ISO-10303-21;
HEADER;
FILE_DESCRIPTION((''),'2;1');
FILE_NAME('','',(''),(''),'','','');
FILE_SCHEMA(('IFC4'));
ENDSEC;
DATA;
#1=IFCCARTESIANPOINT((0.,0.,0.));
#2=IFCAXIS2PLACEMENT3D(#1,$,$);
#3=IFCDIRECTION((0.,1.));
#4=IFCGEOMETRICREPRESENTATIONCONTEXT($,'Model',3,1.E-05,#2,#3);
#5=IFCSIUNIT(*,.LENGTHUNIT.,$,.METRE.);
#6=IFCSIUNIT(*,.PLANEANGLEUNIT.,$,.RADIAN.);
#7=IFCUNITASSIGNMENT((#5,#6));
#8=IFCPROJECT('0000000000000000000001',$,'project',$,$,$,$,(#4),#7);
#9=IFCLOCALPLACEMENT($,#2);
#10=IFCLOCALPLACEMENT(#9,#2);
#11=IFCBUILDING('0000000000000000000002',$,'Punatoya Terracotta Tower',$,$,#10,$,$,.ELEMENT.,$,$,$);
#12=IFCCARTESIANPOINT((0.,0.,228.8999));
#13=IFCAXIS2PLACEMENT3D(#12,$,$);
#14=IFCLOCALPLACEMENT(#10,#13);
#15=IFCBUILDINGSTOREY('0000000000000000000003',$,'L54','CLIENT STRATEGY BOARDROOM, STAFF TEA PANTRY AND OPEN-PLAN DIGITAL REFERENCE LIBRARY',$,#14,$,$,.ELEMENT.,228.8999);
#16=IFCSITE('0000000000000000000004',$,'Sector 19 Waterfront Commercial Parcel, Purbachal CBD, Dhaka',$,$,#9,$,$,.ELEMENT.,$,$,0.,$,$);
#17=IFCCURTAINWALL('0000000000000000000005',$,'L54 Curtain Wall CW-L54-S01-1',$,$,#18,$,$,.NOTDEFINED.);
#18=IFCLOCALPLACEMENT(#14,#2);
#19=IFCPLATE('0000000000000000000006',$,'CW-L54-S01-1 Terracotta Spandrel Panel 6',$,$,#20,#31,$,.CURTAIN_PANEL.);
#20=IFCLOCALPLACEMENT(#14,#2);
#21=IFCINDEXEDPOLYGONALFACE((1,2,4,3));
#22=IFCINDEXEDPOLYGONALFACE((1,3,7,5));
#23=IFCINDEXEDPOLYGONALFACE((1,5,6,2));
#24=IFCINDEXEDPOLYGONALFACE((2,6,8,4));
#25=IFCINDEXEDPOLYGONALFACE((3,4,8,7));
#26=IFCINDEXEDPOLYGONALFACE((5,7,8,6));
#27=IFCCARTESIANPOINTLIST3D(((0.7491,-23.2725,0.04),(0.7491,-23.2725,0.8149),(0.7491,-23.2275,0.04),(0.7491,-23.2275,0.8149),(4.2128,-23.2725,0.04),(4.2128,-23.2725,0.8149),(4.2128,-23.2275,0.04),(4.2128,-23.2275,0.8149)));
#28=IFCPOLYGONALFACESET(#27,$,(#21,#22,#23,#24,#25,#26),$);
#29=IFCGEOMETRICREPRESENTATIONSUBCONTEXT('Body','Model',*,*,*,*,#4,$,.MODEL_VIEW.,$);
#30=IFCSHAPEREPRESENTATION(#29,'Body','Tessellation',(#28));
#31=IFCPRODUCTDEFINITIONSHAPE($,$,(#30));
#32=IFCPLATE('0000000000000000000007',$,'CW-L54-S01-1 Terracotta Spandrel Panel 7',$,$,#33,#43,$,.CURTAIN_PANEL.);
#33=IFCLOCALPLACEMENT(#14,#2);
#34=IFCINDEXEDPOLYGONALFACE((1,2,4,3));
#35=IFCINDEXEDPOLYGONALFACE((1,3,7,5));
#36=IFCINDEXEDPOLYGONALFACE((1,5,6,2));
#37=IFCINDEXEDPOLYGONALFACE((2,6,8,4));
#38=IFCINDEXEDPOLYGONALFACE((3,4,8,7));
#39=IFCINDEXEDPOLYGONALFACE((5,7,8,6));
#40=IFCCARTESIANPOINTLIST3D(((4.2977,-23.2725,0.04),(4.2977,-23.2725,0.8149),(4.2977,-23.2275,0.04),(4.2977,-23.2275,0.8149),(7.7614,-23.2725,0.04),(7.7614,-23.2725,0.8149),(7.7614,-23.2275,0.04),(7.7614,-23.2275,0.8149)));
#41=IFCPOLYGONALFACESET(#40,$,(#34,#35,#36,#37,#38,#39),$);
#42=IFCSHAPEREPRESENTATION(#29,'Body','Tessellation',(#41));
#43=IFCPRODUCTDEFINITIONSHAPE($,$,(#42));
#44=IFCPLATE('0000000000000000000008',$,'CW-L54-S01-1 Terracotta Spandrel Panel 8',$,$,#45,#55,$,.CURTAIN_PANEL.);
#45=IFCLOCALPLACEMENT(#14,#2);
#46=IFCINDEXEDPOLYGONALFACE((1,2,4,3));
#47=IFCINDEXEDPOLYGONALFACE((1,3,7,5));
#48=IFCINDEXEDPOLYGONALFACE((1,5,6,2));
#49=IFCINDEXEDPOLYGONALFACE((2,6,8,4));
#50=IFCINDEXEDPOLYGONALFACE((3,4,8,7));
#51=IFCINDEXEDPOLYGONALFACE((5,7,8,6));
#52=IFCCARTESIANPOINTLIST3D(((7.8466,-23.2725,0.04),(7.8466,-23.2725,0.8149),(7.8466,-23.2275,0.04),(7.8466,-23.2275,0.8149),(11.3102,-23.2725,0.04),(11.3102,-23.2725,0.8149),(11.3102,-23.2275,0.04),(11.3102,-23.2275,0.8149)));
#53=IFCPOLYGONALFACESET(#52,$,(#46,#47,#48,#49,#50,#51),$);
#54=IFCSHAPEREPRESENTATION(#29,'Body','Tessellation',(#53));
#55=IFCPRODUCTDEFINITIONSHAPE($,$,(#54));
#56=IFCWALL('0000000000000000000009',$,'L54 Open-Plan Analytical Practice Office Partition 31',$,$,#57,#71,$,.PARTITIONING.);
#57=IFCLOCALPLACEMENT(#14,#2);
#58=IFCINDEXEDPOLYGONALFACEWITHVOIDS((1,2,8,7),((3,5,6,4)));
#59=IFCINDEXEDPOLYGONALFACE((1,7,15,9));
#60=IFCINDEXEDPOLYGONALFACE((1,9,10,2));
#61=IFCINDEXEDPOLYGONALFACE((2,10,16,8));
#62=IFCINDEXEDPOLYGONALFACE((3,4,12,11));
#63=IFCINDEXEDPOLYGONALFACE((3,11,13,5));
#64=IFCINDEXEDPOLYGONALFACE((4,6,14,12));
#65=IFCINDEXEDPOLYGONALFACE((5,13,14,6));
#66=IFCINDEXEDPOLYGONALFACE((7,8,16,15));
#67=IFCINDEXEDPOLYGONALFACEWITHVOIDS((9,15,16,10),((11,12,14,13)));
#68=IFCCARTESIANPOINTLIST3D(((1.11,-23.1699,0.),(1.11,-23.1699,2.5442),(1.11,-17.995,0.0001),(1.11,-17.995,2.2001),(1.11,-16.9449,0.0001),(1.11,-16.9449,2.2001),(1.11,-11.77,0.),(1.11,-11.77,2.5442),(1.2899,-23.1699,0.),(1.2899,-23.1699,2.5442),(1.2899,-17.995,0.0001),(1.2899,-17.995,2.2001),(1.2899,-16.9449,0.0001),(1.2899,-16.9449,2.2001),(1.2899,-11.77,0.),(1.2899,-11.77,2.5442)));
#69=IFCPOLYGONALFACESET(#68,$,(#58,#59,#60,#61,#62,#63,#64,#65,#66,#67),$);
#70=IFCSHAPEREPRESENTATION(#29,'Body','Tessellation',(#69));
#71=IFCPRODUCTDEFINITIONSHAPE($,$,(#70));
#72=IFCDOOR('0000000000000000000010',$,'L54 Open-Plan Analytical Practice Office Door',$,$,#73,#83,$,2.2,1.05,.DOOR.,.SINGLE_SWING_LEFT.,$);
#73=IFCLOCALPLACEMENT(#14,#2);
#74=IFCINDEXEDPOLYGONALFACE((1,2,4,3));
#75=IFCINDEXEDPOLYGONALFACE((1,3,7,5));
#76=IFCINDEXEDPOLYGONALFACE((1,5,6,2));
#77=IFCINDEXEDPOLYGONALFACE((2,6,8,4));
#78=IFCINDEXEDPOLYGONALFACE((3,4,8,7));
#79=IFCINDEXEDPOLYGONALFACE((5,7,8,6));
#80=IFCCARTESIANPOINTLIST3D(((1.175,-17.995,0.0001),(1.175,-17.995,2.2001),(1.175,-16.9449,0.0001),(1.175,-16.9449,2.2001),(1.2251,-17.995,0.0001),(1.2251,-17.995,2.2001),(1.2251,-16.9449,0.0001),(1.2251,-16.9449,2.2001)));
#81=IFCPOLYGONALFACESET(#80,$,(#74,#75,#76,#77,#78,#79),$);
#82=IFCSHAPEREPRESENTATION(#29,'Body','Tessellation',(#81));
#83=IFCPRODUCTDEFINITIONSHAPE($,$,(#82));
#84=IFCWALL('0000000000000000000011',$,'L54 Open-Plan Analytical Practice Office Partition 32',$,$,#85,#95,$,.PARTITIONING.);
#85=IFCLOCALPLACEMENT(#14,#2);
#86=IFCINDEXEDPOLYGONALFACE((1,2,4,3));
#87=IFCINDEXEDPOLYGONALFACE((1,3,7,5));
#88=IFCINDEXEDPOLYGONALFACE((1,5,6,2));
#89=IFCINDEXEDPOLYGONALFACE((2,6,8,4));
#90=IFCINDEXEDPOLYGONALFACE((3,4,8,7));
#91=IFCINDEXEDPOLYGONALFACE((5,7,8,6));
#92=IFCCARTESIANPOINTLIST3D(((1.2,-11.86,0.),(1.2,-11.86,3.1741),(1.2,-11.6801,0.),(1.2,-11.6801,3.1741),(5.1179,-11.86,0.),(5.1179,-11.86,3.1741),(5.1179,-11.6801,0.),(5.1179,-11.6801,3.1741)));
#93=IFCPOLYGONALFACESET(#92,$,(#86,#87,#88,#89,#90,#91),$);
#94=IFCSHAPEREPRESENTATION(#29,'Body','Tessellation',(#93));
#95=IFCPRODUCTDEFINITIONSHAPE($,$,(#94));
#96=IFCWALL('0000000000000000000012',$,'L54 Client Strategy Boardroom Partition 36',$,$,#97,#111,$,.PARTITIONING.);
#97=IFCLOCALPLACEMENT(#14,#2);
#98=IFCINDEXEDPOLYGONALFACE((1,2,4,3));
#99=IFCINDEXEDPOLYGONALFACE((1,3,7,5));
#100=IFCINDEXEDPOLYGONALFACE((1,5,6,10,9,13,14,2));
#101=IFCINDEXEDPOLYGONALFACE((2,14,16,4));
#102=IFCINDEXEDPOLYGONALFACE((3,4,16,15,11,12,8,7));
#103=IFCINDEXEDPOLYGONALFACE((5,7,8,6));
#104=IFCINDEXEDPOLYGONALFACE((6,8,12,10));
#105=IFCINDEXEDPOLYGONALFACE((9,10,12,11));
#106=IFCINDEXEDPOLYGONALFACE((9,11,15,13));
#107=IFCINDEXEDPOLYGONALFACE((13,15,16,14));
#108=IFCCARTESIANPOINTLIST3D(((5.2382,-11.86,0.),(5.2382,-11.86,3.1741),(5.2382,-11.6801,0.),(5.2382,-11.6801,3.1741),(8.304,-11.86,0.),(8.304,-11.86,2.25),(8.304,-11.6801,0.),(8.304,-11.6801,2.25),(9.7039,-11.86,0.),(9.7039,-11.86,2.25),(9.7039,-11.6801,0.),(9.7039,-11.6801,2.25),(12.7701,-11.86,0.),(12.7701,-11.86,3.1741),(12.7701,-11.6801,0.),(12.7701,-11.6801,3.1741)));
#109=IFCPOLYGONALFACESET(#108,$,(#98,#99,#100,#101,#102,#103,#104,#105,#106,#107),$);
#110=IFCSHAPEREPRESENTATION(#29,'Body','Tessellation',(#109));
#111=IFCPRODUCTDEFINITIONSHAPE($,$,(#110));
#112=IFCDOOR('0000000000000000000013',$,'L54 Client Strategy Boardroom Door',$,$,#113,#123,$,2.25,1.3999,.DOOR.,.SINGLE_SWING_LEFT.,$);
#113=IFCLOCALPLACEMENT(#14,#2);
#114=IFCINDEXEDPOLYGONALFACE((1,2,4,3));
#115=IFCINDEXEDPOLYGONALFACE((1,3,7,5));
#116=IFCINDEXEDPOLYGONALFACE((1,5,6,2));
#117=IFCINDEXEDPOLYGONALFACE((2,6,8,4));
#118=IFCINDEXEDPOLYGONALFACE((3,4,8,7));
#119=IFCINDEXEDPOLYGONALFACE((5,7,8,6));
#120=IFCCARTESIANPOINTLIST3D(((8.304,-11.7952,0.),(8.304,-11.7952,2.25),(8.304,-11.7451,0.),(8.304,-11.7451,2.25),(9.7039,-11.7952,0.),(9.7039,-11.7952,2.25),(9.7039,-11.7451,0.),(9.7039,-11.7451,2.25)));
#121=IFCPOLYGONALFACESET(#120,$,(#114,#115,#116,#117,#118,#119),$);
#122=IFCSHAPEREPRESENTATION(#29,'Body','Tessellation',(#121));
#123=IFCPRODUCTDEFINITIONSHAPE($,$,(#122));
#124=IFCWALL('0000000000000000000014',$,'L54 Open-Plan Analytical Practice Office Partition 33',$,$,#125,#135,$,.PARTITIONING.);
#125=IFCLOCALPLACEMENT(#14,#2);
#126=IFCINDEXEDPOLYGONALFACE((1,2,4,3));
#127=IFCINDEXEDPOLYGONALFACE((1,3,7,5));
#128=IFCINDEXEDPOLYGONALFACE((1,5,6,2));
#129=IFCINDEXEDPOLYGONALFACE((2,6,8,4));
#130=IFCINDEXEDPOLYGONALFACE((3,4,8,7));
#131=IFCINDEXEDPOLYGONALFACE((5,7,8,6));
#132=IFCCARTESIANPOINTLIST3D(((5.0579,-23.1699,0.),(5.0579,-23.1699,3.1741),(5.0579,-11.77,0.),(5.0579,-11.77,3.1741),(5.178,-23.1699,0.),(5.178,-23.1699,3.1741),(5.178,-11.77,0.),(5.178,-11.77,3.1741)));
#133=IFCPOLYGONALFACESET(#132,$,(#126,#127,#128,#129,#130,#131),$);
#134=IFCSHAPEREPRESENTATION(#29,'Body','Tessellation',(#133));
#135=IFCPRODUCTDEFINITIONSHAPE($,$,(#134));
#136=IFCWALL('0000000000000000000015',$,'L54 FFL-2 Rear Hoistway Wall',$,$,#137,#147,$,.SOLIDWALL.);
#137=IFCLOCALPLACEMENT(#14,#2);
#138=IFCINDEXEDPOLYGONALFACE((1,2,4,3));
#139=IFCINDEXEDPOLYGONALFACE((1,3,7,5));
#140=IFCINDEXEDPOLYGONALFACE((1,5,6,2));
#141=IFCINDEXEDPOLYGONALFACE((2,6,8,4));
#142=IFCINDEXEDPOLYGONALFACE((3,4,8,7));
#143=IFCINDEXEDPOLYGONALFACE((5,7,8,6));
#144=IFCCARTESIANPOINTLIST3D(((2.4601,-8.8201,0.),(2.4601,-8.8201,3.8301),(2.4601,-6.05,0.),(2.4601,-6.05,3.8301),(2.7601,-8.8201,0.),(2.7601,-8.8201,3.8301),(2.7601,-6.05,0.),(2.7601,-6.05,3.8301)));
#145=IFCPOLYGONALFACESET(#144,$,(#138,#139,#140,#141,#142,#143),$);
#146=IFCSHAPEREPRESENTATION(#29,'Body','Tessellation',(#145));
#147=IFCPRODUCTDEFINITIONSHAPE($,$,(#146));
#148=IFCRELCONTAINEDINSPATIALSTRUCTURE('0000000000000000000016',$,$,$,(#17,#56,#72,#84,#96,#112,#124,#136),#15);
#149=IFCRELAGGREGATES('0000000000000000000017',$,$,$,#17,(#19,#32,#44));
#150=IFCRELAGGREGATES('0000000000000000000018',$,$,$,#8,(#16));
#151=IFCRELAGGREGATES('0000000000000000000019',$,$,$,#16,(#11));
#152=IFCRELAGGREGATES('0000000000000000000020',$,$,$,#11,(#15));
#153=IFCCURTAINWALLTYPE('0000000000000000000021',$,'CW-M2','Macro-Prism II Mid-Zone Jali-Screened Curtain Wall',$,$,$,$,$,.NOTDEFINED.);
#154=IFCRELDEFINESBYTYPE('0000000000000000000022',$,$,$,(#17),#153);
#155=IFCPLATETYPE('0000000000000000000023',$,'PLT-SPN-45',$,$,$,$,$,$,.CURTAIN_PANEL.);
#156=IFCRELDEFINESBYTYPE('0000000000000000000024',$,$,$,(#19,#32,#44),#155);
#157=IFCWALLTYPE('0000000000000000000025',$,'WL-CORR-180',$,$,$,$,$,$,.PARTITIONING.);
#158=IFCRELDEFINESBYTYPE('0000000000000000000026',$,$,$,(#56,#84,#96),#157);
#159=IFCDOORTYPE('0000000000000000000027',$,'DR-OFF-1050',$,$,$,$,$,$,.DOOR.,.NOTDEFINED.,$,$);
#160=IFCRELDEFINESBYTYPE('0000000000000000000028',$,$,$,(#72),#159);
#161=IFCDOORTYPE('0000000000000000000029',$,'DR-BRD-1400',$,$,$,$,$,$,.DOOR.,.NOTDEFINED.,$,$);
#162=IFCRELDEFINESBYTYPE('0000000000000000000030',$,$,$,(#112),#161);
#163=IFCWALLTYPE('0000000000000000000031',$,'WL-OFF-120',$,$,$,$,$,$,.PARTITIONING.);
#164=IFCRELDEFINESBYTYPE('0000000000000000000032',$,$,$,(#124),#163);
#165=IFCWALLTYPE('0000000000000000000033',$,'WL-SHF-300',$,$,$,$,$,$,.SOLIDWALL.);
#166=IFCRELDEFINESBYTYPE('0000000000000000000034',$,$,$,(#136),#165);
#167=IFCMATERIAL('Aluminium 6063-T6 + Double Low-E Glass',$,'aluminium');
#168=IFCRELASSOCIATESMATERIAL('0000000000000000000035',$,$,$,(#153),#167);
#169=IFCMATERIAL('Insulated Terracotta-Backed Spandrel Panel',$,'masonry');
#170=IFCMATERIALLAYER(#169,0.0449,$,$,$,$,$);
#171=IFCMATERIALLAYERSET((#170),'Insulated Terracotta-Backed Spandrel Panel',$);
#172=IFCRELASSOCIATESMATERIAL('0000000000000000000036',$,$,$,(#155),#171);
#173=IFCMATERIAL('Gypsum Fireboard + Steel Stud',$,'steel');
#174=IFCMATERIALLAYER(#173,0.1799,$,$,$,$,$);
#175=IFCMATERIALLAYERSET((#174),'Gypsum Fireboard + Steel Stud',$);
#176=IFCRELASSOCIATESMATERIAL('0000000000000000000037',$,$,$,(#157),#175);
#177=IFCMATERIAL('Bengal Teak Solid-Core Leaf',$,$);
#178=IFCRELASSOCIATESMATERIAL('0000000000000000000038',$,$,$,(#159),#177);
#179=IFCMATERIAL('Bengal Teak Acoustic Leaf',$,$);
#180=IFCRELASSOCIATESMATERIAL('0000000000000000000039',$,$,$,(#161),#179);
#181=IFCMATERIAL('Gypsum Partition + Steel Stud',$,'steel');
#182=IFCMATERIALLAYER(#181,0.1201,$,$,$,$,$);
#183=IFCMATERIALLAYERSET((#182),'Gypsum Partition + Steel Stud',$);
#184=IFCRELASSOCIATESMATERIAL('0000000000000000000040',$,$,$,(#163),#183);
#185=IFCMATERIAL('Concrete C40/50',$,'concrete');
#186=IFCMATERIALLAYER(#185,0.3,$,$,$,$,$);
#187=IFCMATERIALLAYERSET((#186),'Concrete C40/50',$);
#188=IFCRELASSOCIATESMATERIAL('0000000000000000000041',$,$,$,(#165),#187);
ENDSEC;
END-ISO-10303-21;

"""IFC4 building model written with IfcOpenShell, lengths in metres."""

from ifc_helpers import new_model, si_unit, direction, frame, frame_2d, origin, origin_2d, place, context, subcontext, project, spatial, rectangle, extrude, material, layer, layer_set, type_object, element, fill, aggregate, save


model = new_model("IFC4")

# Units and contexts
model_context = context("Model", 3, precision=1e-05, world=origin(), true_north=direction((0.0, 1.0)))
body_context = subcontext(model_context, "Body", "Model", "MODEL_VIEW")
ifc_project = project(units=[si_unit("LENGTHUNIT", "METRE"), si_unit("PLANEANGLEUNIT", "RADIAN")], contexts=[model_context])

# Site, building, storey
site_placement = place(None, origin())
site = spatial("IfcSite", under=ifc_project, at=site_placement, Name="Sector 19 Waterfront Commercial Parcel, Purbachal CBD, Dhaka", CompositionType="ELEMENT", RefElevation=0.0)
building_placement = place(site_placement, origin())
building = spatial("IfcBuilding", under=site, at=building_placement, Name="Punatoya Terracotta Tower", CompositionType="ELEMENT")
storey_placement = place(building_placement, frame((0.0, 0.0, 228.8999)))
storey = spatial("IfcBuildingStorey", under=building, at=storey_placement, Name="L54", Description="CLIENT STRATEGY BOARDROOM, STAFF TEA PANTRY AND OPEN-PLAN DIGITAL REFERENCE LIBRARY", CompositionType="ELEMENT", Elevation=228.8999)

# Curtain wall, plates
ifc_material_1 = material(Name="Aluminium 6063-T6 + Double Low-E Glass", Category="aluminium")
curtain_wall_type = type_object("IfcCurtainWallType", Name="CW-M2", Description="Macro-Prism II Mid-Zone Jali-Screened Curtain Wall", PredefinedType="NOTDEFINED", material=ifc_material_1)
curtain_wall_placement = place(storey_placement, origin())
curtain_wall = element("IfcCurtainWall", 1, at=curtain_wall_placement, inside=storey, type_object=curtain_wall_type, Name="L54 Curtain Wall CW-L54-S01-1", PredefinedType="NOTDEFINED")
ifc_material_2 = material(Name="Insulated Terracotta-Backed Spandrel Panel", Category="masonry")
ifc_layer_1 = layer(ifc_material_2, 0.0449)
ifc_layer_set_1 = layer_set([ifc_layer_1], Name="Insulated Terracotta-Backed Spandrel Panel")
plate_type_1 = type_object("IfcPlateType", Name="PLT-SPN-45", PredefinedType="CURTAIN_PANEL", material=ifc_layer_set_1)
plate_1_placement = place(storey_placement, frame((2.481, -23.25, 0.04), z_axis=(0.0, 0.0, 1.0), x_axis=(1.0, 0.0, 0.0)))
plate_1 = element("IfcPlate", 2, at=plate_1_placement, type_object=plate_type_1, Name="CW-L54-S01-1 Terracotta Spandrel Panel 6", PredefinedType="CURTAIN_PANEL", context=body_context, shape_type="SweptSolid", body=[
    extrude(rectangle(XDim=3.4636, YDim=0.0449, at=origin_2d()), origin(), (0.0, 0.0, 1.0), 0.7749),
])
plate_2_placement = place(storey_placement, frame((6.0295, -23.25, 0.04), z_axis=(0.0, 0.0, 1.0), x_axis=(1.0, 0.0, 0.0)))
plate_2 = element("IfcPlate", 3, at=plate_2_placement, type_object=plate_type_1, Name="CW-L54-S01-1 Terracotta Spandrel Panel 7", PredefinedType="CURTAIN_PANEL", context=body_context, shape_type="SweptSolid", body=[
    extrude(rectangle(XDim=3.4636, YDim=0.0449, at=origin_2d()), origin(), (0.0, 0.0, 1.0), 0.7749),
])
plate_3_placement = place(storey_placement, frame((9.5784, -23.25, 0.04), z_axis=(0.0, 0.0, 1.0), x_axis=(1.0, 0.0, 0.0)))
plate_3 = element("IfcPlate", 4, at=plate_3_placement, type_object=plate_type_1, Name="CW-L54-S01-1 Terracotta Spandrel Panel 8", PredefinedType="CURTAIN_PANEL", context=body_context, shape_type="SweptSolid", body=[
    extrude(rectangle(XDim=3.4636, YDim=0.0449, at=origin_2d()), origin(), (0.0, 0.0, 1.0), 0.7749),
])
aggregate(curtain_wall, [plate_1, plate_2, plate_3])

# Wall, opening, door
ifc_material_3 = material(Name="Gypsum Fireboard + Steel Stud", Category="steel")
ifc_layer_2 = layer(ifc_material_3, 0.1799)
ifc_layer_set_2 = layer_set([ifc_layer_2], Name="Gypsum Fireboard + Steel Stud")
wall_type_1 = type_object("IfcWallType", Name="WL-CORR-180", PredefinedType="PARTITIONING", material=ifc_layer_set_2)
wall_1_placement = place(storey_placement, frame((1.2, -23.1699, 0.0), z_axis=(0.0, 0.0, 1.0), x_axis=(0.0, 1.0, 0.0)))
wall_1 = element("IfcWall", 5, at=wall_1_placement, inside=storey, type_object=wall_type_1, Name="L54 Open-Plan Analytical Practice Office Partition 31", PredefinedType="PARTITIONING", context=body_context, shape_type="SweptSolid", body=[
    extrude(rectangle(XDim=11.3999, YDim=0.1799, at=frame_2d((5.7, 0.0))), origin(), (0.0, 0.0, 1.0), 2.5442),
])
opening_1_placement = place(wall_1_placement, frame((5.175, 0.0, 0.0)))
opening_1 = element("IfcOpeningElement", 6, at=opening_1_placement, cuts=wall_1, PredefinedType="OPENING", context=body_context, shape_type="SweptSolid", body=[
    extrude(rectangle(XDim=1.05, YDim=2.2, at=frame_2d((0.5249, 1.1001))), frame((0.0, 0.0999, 0.0), z_axis=(0.0, -1.0, 0.0), x_axis=(1.0, 0.0, 0.0)), (0.0, 0.0, 1.0), 0.2),
])
ifc_material_4 = material(Name="Bengal Teak Solid-Core Leaf")
door_type_1 = type_object("IfcDoorType", Name="DR-OFF-1050", OperationType="NOTDEFINED", PredefinedType="DOOR", material=ifc_material_4)
door_1_placement = place(opening_1_placement, origin())
door_1 = element("IfcDoor", 7, at=door_1_placement, inside=storey, type_object=door_type_1, Name="L54 Open-Plan Analytical Practice Office Door", OperationType="SINGLE_SWING_LEFT", OverallHeight=2.2, OverallWidth=1.05, PredefinedType="DOOR", context=body_context, shape_type="SweptSolid", body=[
    extrude(rectangle(XDim=1.05, YDim=2.2, at=frame_2d((0.5249, 1.1001))), frame((0.0, 0.0249, 0.0), z_axis=(0.0, -1.0, 0.0), x_axis=(1.0, 0.0, 0.0)), (0.0, 0.0, 1.0), 0.05),
])
fill(opening_1, door_1)

# Wall
wall_2_placement = place(storey_placement, frame((1.2, -11.77, 0.0), z_axis=(0.0, 0.0, 1.0), x_axis=(1.0, 0.0, 0.0)))
element("IfcWall", 8, at=wall_2_placement, inside=storey, type_object=wall_type_1, Name="L54 Open-Plan Analytical Practice Office Partition 32", PredefinedType="PARTITIONING", context=body_context, shape_type="SweptSolid", body=[
    extrude(rectangle(XDim=3.918, YDim=0.1799, at=frame_2d((1.959, 0.0))), origin(), (0.0, 0.0, 1.0), 3.1741),
])

# Wall, opening, door
wall_3_placement = place(storey_placement, frame((5.238, -11.77, 0.0), z_axis=(0.0, 0.0, 1.0), x_axis=(1.0, 0.0, 0.0)))
wall_3 = element("IfcWall", 9, at=wall_3_placement, inside=storey, type_object=wall_type_1, Name="L54 Client Strategy Boardroom Partition 36", PredefinedType="PARTITIONING", context=body_context, shape_type="SweptSolid", body=[
    extrude(rectangle(XDim=7.532, YDim=0.1799, at=frame_2d((3.7661, 0.0))), origin(), (0.0, 0.0, 1.0), 3.1741),
])
opening_2_placement = place(wall_3_placement, frame((3.0659, 0.0, 0.0)))
opening_2 = element("IfcOpeningElement", 10, at=opening_2_placement, cuts=wall_3, PredefinedType="OPENING", context=body_context, shape_type="SweptSolid", body=[
    extrude(rectangle(XDim=1.3999, YDim=2.25, at=frame_2d((0.7, 1.125))), frame((0.0, 0.0999, 0.0), z_axis=(0.0, -1.0, 0.0), x_axis=(1.0, 0.0, 0.0)), (0.0, 0.0, 1.0), 0.2),
])
ifc_material_5 = material(Name="Bengal Teak Acoustic Leaf")
door_type_2 = type_object("IfcDoorType", Name="DR-BRD-1400", OperationType="NOTDEFINED", PredefinedType="DOOR", material=ifc_material_5)
door_2_placement = place(opening_2_placement, origin())
door_2 = element("IfcDoor", 11, at=door_2_placement, inside=storey, type_object=door_type_2, Name="L54 Client Strategy Boardroom Door", OperationType="SINGLE_SWING_LEFT", OverallHeight=2.25, OverallWidth=1.3999, PredefinedType="DOOR", context=body_context, shape_type="SweptSolid", body=[
    extrude(rectangle(XDim=1.3999, YDim=2.25, at=frame_2d((0.7, 1.125))), frame((0.0, 0.0249, 0.0), z_axis=(0.0, -1.0, 0.0), x_axis=(1.0, 0.0, 0.0)), (0.0, 0.0, 1.0), 0.05),
])
fill(opening_2, door_2)

# Walls
ifc_material_6 = material(Name="Gypsum Partition + Steel Stud", Category="steel")
ifc_layer_3 = layer(ifc_material_6, 0.1201)
ifc_layer_set_3 = layer_set([ifc_layer_3], Name="Gypsum Partition + Steel Stud")
wall_type_2 = type_object("IfcWallType", Name="WL-OFF-120", PredefinedType="PARTITIONING", material=ifc_layer_set_3)
wall_4_placement = place(storey_placement, frame((5.1179, -11.77, 0.0), z_axis=(0.0, 0.0, 1.0), x_axis=(0.0, -1.0, 0.0)))
element("IfcWall", 12, at=wall_4_placement, inside=storey, type_object=wall_type_2, Name="L54 Open-Plan Analytical Practice Office Partition 33", PredefinedType="PARTITIONING", context=body_context, shape_type="SweptSolid", body=[
    extrude(rectangle(XDim=11.3999, YDim=0.1201, at=frame_2d((5.7, 0.0))), origin(), (0.0, 0.0, 1.0), 3.1741),
])
ifc_material_7 = material(Name="Concrete C40/50", Category="concrete")
ifc_layer_4 = layer(ifc_material_7, 0.3)
ifc_layer_set_4 = layer_set([ifc_layer_4], Name="Concrete C40/50")
wall_type_3 = type_object("IfcWallType", Name="WL-SHF-300", PredefinedType="SOLIDWALL", material=ifc_layer_set_4)
wall_5_placement = place(storey_placement, frame((2.6101, -8.8201, 0.0), z_axis=(0.0, 0.0, 1.0), x_axis=(0.0, 1.0, 0.0)))
element("IfcWall", 13, at=wall_5_placement, inside=storey, type_object=wall_type_3, Name="L54 FFL-2 Rear Hoistway Wall", PredefinedType="SOLIDWALL", context=body_context, shape_type="SweptSolid", body=[
    extrude(rectangle(XDim=2.77, YDim=0.3, at=frame_2d((1.385, 0.0))), origin(), (0.0, 0.0, 1.0), 3.8301),
])

save(model, "model.ifc")
